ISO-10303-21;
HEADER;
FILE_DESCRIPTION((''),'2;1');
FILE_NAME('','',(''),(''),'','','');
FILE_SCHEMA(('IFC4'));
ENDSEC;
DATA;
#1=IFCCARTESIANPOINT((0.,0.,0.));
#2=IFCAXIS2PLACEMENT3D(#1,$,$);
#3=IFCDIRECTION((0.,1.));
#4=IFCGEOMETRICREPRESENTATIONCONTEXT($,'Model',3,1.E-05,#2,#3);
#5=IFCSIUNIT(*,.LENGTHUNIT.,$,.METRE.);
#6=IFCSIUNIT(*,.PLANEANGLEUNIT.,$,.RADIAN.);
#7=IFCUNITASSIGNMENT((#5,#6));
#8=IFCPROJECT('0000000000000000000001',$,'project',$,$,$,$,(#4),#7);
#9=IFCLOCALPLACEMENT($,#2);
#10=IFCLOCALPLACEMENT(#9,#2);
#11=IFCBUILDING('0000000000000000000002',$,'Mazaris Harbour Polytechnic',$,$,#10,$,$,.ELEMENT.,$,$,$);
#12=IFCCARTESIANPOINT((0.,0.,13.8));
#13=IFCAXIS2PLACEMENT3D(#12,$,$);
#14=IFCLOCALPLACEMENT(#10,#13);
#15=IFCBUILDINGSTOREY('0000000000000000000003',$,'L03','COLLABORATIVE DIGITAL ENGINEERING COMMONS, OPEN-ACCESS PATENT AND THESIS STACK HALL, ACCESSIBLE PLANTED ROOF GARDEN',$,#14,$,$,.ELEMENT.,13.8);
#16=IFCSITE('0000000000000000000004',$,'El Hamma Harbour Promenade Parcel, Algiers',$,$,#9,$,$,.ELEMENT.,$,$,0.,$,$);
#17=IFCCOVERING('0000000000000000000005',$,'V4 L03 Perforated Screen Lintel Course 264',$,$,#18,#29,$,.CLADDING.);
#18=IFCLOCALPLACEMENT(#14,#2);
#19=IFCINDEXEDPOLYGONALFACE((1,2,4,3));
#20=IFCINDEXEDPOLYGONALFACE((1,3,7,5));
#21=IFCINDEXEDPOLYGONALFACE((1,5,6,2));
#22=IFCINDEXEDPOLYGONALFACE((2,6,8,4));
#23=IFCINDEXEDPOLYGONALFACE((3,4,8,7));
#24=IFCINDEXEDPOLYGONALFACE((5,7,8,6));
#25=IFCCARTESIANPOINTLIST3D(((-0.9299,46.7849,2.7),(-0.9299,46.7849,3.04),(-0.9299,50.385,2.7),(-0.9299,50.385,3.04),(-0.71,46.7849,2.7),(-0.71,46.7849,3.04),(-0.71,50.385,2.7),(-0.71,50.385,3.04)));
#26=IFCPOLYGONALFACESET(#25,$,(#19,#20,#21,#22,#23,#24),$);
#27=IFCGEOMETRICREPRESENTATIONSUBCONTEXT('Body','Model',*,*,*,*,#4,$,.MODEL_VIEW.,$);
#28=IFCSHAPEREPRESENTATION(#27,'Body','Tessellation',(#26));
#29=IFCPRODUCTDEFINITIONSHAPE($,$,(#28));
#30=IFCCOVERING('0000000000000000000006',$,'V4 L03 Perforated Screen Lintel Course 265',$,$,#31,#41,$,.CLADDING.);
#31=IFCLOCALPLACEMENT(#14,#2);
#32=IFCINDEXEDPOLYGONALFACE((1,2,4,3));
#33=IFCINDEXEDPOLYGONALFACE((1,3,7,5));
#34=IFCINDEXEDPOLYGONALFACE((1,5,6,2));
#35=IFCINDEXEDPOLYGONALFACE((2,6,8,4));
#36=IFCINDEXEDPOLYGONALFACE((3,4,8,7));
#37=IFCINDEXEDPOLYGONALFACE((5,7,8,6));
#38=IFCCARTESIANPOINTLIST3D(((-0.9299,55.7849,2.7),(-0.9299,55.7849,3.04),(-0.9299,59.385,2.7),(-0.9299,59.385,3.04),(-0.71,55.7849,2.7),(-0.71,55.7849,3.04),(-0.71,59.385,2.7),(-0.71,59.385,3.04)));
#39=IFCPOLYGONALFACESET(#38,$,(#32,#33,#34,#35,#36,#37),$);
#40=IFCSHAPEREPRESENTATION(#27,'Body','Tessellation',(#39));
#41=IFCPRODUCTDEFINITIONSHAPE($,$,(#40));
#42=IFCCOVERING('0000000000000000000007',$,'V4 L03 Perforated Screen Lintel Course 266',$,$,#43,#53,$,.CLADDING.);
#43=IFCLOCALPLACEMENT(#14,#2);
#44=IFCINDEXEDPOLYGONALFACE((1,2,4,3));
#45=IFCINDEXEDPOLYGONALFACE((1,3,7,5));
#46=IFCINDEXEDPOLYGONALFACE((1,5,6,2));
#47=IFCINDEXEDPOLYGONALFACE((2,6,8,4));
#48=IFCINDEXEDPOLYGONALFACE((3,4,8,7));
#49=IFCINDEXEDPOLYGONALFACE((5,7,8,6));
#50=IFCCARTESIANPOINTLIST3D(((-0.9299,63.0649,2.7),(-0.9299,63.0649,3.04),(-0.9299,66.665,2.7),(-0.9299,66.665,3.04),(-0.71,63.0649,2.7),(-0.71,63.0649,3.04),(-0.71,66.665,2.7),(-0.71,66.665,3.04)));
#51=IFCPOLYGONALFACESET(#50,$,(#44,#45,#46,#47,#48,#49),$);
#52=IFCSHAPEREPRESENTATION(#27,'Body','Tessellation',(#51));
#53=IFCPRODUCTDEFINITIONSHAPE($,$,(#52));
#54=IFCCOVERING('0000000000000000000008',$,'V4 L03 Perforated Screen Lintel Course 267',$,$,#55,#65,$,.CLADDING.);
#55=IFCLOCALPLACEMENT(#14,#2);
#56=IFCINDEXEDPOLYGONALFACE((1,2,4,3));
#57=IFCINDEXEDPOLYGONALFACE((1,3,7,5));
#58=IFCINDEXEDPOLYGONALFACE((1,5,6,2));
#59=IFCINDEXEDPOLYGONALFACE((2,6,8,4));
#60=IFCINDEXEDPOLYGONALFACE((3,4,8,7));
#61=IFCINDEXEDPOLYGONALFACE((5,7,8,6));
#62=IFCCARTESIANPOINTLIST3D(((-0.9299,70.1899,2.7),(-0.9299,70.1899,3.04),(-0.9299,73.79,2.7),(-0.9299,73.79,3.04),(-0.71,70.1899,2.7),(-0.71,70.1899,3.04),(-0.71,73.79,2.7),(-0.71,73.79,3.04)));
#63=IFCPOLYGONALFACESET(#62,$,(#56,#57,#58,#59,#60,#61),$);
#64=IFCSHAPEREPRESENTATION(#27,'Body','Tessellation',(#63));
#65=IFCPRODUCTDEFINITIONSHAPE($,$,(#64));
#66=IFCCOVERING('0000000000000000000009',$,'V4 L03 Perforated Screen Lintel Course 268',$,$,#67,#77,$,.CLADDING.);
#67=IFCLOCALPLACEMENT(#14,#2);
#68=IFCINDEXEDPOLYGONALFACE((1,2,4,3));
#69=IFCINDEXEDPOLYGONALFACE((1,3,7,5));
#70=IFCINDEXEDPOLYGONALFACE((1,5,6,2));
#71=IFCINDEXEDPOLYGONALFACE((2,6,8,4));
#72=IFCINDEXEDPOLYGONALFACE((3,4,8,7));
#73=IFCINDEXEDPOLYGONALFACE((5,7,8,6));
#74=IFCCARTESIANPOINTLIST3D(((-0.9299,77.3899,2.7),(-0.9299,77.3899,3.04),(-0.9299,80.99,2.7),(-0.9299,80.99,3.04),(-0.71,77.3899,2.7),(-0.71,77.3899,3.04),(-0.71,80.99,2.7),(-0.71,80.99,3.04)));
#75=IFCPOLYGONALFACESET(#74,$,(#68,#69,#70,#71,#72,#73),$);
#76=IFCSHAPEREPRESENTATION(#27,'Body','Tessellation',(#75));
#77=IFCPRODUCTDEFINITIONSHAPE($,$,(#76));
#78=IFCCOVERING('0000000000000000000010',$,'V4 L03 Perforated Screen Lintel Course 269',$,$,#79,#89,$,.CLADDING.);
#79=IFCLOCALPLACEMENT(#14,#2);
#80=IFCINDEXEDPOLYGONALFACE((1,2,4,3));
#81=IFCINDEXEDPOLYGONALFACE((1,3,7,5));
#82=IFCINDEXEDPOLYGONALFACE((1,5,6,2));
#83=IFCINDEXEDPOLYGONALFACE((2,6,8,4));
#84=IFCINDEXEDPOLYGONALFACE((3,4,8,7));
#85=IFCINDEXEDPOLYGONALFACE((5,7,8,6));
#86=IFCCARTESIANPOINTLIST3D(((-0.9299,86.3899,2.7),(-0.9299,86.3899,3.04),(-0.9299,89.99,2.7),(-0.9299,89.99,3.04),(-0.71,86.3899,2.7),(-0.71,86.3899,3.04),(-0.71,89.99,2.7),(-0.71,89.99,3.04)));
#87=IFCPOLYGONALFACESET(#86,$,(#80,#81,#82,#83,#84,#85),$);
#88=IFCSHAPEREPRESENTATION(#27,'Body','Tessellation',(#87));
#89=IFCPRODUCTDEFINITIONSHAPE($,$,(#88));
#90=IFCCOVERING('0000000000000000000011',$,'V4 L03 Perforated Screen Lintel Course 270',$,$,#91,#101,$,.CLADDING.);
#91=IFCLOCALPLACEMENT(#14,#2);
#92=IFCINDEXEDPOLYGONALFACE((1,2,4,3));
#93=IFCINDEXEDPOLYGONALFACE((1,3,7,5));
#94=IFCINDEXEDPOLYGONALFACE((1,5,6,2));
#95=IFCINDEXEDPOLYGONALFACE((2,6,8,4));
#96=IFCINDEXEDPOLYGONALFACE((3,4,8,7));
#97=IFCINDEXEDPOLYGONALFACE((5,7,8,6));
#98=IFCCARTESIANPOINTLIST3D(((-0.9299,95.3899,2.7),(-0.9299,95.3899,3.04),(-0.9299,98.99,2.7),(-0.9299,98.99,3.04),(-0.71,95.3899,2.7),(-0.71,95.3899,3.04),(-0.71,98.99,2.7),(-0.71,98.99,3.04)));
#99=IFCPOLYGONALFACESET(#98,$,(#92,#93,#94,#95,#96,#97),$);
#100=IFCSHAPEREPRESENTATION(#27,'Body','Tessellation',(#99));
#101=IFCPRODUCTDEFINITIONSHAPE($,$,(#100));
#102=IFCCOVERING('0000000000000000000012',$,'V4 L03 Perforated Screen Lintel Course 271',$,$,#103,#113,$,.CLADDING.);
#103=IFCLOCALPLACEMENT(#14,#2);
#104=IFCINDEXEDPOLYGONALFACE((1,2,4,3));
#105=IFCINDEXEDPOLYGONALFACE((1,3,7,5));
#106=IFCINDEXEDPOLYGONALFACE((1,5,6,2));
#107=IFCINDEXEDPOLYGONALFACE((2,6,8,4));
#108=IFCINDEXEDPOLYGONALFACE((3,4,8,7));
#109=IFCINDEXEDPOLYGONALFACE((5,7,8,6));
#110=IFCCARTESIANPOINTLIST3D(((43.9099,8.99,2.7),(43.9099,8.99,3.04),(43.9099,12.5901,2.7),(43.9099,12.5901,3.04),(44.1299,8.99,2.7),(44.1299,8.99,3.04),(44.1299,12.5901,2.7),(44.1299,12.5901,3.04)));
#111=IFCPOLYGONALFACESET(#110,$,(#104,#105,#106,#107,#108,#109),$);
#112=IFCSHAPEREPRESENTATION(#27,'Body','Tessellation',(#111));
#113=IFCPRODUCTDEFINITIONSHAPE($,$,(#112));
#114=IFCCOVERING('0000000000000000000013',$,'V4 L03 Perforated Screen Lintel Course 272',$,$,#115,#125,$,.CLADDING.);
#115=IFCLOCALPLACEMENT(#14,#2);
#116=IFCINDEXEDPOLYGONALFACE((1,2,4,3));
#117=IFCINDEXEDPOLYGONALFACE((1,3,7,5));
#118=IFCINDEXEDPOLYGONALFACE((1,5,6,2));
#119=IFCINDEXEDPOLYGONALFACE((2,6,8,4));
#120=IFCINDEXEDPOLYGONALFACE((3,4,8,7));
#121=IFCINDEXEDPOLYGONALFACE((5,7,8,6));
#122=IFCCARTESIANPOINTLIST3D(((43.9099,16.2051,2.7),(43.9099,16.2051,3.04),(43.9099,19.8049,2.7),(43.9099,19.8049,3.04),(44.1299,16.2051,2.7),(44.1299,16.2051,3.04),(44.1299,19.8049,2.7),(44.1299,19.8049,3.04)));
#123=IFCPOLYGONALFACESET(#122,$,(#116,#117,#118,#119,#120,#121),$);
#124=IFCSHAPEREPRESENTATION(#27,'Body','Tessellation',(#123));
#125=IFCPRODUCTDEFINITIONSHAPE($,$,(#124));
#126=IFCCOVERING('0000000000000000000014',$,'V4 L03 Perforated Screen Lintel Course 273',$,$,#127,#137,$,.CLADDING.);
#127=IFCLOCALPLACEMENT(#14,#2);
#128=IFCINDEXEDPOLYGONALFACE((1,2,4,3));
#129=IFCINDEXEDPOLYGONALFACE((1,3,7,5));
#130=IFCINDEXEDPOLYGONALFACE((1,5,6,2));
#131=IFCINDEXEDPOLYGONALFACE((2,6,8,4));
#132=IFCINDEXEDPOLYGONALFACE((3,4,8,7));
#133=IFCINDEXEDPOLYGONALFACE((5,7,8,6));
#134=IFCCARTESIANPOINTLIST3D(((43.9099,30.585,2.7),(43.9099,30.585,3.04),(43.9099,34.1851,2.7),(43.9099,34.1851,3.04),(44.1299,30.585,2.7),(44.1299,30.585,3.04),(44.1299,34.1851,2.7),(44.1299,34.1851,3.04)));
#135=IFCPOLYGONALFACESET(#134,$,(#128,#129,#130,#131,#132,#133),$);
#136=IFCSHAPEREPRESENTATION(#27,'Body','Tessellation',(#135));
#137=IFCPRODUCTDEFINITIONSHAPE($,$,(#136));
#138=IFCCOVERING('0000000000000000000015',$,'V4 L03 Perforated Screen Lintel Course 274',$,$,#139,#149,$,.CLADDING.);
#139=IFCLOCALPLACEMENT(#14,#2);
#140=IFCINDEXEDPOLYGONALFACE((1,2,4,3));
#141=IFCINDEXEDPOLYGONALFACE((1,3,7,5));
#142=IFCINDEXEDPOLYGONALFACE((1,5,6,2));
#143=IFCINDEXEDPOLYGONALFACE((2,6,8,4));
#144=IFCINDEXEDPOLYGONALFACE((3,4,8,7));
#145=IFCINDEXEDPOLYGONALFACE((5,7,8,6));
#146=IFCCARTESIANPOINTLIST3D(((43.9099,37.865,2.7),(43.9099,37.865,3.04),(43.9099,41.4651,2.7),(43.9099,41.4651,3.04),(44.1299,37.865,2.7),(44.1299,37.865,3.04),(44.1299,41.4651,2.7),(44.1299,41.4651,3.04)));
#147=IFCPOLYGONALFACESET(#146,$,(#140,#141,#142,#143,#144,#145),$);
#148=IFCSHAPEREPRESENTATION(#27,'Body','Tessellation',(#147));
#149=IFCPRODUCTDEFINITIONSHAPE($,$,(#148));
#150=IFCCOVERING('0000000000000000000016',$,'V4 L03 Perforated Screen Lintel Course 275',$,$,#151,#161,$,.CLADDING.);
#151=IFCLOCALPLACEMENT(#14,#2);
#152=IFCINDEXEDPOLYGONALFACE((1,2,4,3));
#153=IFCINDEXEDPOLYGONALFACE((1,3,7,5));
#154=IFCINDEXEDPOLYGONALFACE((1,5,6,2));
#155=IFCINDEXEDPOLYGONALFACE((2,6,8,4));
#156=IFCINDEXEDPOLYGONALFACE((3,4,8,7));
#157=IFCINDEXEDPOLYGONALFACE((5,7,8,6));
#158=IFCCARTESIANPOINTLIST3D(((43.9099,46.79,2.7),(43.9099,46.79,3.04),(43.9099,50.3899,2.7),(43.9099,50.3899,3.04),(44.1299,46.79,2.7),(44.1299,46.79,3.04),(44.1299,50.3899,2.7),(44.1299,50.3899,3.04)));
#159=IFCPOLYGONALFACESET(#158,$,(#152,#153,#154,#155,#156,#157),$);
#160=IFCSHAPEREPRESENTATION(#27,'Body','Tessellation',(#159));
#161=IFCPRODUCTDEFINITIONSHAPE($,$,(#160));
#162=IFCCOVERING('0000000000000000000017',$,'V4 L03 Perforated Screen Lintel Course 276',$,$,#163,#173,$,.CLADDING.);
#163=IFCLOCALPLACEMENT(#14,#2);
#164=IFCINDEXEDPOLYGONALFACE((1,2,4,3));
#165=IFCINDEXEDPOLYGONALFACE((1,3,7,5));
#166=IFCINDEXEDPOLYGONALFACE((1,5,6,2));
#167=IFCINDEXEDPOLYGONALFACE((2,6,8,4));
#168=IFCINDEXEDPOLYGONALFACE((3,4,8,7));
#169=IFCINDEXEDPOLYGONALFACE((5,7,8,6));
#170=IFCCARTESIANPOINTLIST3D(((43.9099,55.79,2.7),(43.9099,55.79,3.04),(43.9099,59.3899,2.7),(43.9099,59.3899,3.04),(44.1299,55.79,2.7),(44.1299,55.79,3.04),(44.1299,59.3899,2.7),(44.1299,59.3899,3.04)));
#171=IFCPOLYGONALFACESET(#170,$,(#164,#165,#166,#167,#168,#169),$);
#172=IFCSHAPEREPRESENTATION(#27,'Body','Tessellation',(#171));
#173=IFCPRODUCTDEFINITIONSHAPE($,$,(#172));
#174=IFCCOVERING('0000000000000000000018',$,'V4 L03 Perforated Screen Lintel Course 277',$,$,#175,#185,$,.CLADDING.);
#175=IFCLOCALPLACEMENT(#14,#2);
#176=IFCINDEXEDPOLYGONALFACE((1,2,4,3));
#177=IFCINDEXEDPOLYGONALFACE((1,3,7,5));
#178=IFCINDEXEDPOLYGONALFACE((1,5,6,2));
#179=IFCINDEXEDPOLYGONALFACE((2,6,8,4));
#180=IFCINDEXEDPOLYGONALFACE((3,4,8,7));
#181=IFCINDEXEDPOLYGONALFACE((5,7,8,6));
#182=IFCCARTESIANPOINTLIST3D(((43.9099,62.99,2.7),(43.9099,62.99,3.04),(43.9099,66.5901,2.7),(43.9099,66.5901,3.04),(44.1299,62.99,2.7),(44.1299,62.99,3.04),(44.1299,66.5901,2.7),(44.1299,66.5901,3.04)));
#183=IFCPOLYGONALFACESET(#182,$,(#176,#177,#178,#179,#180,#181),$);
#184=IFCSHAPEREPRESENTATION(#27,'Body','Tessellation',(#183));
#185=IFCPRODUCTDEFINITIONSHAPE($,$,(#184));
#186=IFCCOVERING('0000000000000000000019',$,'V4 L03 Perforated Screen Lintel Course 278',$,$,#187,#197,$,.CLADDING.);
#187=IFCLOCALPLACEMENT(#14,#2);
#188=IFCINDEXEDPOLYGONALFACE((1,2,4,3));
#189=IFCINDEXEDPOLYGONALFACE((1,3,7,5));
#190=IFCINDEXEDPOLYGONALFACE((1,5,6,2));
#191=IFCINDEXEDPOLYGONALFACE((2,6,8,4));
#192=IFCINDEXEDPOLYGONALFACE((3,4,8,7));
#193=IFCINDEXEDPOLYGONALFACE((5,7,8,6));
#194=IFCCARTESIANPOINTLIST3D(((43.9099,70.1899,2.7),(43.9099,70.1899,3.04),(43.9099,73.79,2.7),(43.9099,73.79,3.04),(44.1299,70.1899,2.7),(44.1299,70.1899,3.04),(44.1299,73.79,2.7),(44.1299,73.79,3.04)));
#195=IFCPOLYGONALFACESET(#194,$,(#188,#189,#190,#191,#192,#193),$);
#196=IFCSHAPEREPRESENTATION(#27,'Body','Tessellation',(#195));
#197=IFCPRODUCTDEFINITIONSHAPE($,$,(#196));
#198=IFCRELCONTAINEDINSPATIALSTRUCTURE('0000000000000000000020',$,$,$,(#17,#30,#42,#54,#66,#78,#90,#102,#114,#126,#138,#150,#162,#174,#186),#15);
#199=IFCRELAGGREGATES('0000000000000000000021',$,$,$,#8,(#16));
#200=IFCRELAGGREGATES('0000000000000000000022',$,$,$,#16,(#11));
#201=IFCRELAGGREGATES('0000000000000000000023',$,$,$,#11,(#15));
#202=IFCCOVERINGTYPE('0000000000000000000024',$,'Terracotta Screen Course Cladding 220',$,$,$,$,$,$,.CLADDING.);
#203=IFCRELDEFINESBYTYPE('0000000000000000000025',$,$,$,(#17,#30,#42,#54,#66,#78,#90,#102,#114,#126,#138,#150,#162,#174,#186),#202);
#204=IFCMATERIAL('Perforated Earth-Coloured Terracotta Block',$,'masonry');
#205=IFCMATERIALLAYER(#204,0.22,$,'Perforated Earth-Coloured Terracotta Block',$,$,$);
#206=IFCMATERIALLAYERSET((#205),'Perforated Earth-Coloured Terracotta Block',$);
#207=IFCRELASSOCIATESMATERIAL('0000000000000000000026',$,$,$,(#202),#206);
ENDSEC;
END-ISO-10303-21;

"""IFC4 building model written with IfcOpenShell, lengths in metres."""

from ifc_helpers import new_model, si_unit, direction, frame, origin, place, context, subcontext, project, spatial, polyline, outline, extrude, material, layer, layer_set, type_object, element, save


model = new_model("IFC4")

# Units and contexts
model_context = context("Model", 3, precision=1e-05, world=origin(), true_north=direction((0.0, 1.0)))
body_context = subcontext(model_context, "Body", "Model", "MODEL_VIEW")
ifc_project = project(units=[si_unit("LENGTHUNIT", "METRE"), si_unit("PLANEANGLEUNIT", "RADIAN")], contexts=[model_context])

# Site, building, storey
site_placement = place(None, origin())
site = spatial("IfcSite", under=ifc_project, at=site_placement, Name="El Hamma Harbour Promenade Parcel, Algiers", CompositionType="ELEMENT", RefElevation=0.0)
building_placement = place(site_placement, origin())
building = spatial("IfcBuilding", under=site, at=building_placement, Name="Mazaris Harbour Polytechnic", CompositionType="ELEMENT")
storey_placement = place(building_placement, frame((0.0, 0.0, 13.8)))
storey = spatial("IfcBuildingStorey", under=building, at=storey_placement, Name="L03", Description="COLLABORATIVE DIGITAL ENGINEERING COMMONS, OPEN-ACCESS PATENT AND THESIS STACK HALL, ACCESSIBLE PLANTED ROOF GARDEN", CompositionType="ELEMENT", Elevation=13.8)

# Coverings
ifc_material = material(Name="Perforated Earth-Coloured Terracotta Block", Category="masonry")
ifc_layer = layer(ifc_material, 0.22, Name="Perforated Earth-Coloured Terracotta Block")
ifc_layer_set = layer_set([ifc_layer], Name="Perforated Earth-Coloured Terracotta Block")
covering_type = type_object("IfcCoveringType", Name="Terracotta Screen Course Cladding 220", PredefinedType="CLADDING", material=ifc_layer_set)
covering_1_placement = place(storey_placement, frame((0.0, 0.0, 2.7)))
element("IfcCovering", 1, at=covering_1_placement, inside=storey, type_object=covering_type, Name="V4 L03 Perforated Screen Lintel Course 264", PredefinedType="CLADDING", context=body_context, shape_type="SweptSolid", body=[
    extrude(outline(polyline([(-0.71, 46.7849), (-0.71, 50.385), (-0.9299, 50.385), (-0.9299, 46.7849), (-0.71, 46.7849)])), origin(), (0.0, 0.0, 1.0), 0.3401),
])
covering_2_placement = place(storey_placement, frame((0.0, 0.0, 2.7)))
element("IfcCovering", 2, at=covering_2_placement, inside=storey, type_object=covering_type, Name="V4 L03 Perforated Screen Lintel Course 265", PredefinedType="CLADDING", context=body_context, shape_type="SweptSolid", body=[
    extrude(outline(polyline([(-0.71, 55.7849), (-0.71, 59.385), (-0.9299, 59.385), (-0.9299, 55.7849), (-0.71, 55.7849)])), origin(), (0.0, 0.0, 1.0), 0.3401),
])
covering_3_placement = place(storey_placement, frame((0.0, 0.0, 2.7)))
element("IfcCovering", 3, at=covering_3_placement, inside=storey, type_object=covering_type, Name="V4 L03 Perforated Screen Lintel Course 266", PredefinedType="CLADDING", context=body_context, shape_type="SweptSolid", body=[
    extrude(outline(polyline([(-0.71, 63.0649), (-0.71, 66.665), (-0.9299, 66.665), (-0.9299, 63.0649), (-0.71, 63.0649)])), origin(), (0.0, 0.0, 1.0), 0.3401),
])
covering_4_placement = place(storey_placement, frame((0.0, 0.0, 2.7)))
element("IfcCovering", 4, at=covering_4_placement, inside=storey, type_object=covering_type, Name="V4 L03 Perforated Screen Lintel Course 267", PredefinedType="CLADDING", context=body_context, shape_type="SweptSolid", body=[
    extrude(outline(polyline([(-0.71, 70.1899), (-0.71, 73.79), (-0.9299, 73.79), (-0.9299, 70.1899), (-0.71, 70.1899)])), origin(), (0.0, 0.0, 1.0), 0.3401),
])
covering_5_placement = place(storey_placement, frame((0.0, 0.0, 2.7)))
element("IfcCovering", 5, at=covering_5_placement, inside=storey, type_object=covering_type, Name="V4 L03 Perforated Screen Lintel Course 268", PredefinedType="CLADDING", context=body_context, shape_type="SweptSolid", body=[
    extrude(outline(polyline([(-0.71, 77.3899), (-0.71, 80.99), (-0.9299, 80.99), (-0.9299, 77.3899), (-0.71, 77.3899)])), origin(), (0.0, 0.0, 1.0), 0.3401),
])
covering_6_placement = place(storey_placement, frame((0.0, 0.0, 2.7)))
element("IfcCovering", 6, at=covering_6_placement, inside=storey, type_object=covering_type, Name="V4 L03 Perforated Screen Lintel Course 269", PredefinedType="CLADDING", context=body_context, shape_type="SweptSolid", body=[
    extrude(outline(polyline([(-0.71, 86.3899), (-0.71, 89.99), (-0.9299, 89.99), (-0.9299, 86.3899), (-0.71, 86.3899)])), origin(), (0.0, 0.0, 1.0), 0.3401),
])
covering_7_placement = place(storey_placement, frame((0.0, 0.0, 2.7)))
element("IfcCovering", 7, at=covering_7_placement, inside=storey, type_object=covering_type, Name="V4 L03 Perforated Screen Lintel Course 270", PredefinedType="CLADDING", context=body_context, shape_type="SweptSolid", body=[
    extrude(outline(polyline([(-0.71, 95.3899), (-0.71, 98.99), (-0.9299, 98.99), (-0.9299, 95.3899), (-0.71, 95.3899)])), origin(), (0.0, 0.0, 1.0), 0.3401),
])
covering_8_placement = place(storey_placement, frame((0.0, 0.0, 2.7)))
element("IfcCovering", 8, at=covering_8_placement, inside=storey, type_object=covering_type, Name="V4 L03 Perforated Screen Lintel Course 271", PredefinedType="CLADDING", context=body_context, shape_type="SweptSolid", body=[
    extrude(outline(polyline([(43.9099, 12.5901), (43.9099, 8.99), (44.1299, 8.99), (44.1299, 12.5901), (43.9099, 12.5901)])), origin(), (0.0, 0.0, 1.0), 0.3401),
])
covering_9_placement = place(storey_placement, frame((0.0, 0.0, 2.7)))
element("IfcCovering", 9, at=covering_9_placement, inside=storey, type_object=covering_type, Name="V4 L03 Perforated Screen Lintel Course 272", PredefinedType="CLADDING", context=body_context, shape_type="SweptSolid", body=[
    extrude(outline(polyline([(43.9099, 19.8049), (43.9099, 16.2051), (44.1299, 16.2051), (44.1299, 19.8049), (43.9099, 19.8049)])), origin(), (0.0, 0.0, 1.0), 0.3401),
])
covering_10_placement = place(storey_placement, frame((0.0, 0.0, 2.7)))
element("IfcCovering", 10, at=covering_10_placement, inside=storey, type_object=covering_type, Name="V4 L03 Perforated Screen Lintel Course 273", PredefinedType="CLADDING", context=body_context, shape_type="SweptSolid", body=[
    extrude(outline(polyline([(43.9099, 34.1851), (43.9099, 30.585), (44.1299, 30.585), (44.1299, 34.1851), (43.9099, 34.1851)])), origin(), (0.0, 0.0, 1.0), 0.3401),
])
covering_11_placement = place(storey_placement, frame((0.0, 0.0, 2.7)))
element("IfcCovering", 11, at=covering_11_placement, inside=storey, type_object=covering_type, Name="V4 L03 Perforated Screen Lintel Course 274", PredefinedType="CLADDING", context=body_context, shape_type="SweptSolid", body=[
    extrude(outline(polyline([(43.9099, 41.4651), (43.9099, 37.865), (44.1299, 37.865), (44.1299, 41.4651), (43.9099, 41.4651)])), origin(), (0.0, 0.0, 1.0), 0.3401),
])
covering_12_placement = place(storey_placement, frame((0.0, 0.0, 2.7)))
element("IfcCovering", 12, at=covering_12_placement, inside=storey, type_object=covering_type, Name="V4 L03 Perforated Screen Lintel Course 275", PredefinedType="CLADDING", context=body_context, shape_type="SweptSolid", body=[
    extrude(outline(polyline([(43.9099, 50.3899), (43.9099, 46.79), (44.1299, 46.79), (44.1299, 50.3899), (43.9099, 50.3899)])), origin(), (0.0, 0.0, 1.0), 0.3401),
])
covering_13_placement = place(storey_placement, frame((0.0, 0.0, 2.7)))
element("IfcCovering", 13, at=covering_13_placement, inside=storey, type_object=covering_type, Name="V4 L03 Perforated Screen Lintel Course 276", PredefinedType="CLADDING", context=body_context, shape_type="SweptSolid", body=[
    extrude(outline(polyline([(43.9099, 59.3899), (43.9099, 55.79), (44.1299, 55.79), (44.1299, 59.3899), (43.9099, 59.3899)])), origin(), (0.0, 0.0, 1.0), 0.3401),
])
covering_14_placement = place(storey_placement, frame((0.0, 0.0, 2.7)))
element("IfcCovering", 14, at=covering_14_placement, inside=storey, type_object=covering_type, Name="V4 L03 Perforated Screen Lintel Course 277", PredefinedType="CLADDING", context=body_context, shape_type="SweptSolid", body=[
    extrude(outline(polyline([(43.9099, 66.5901), (43.9099, 62.99), (44.1299, 62.99), (44.1299, 66.5901), (43.9099, 66.5901)])), origin(), (0.0, 0.0, 1.0), 0.3401),
])
covering_15_placement = place(storey_placement, frame((0.0, 0.0, 2.7)))
element("IfcCovering", 15, at=covering_15_placement, inside=storey, type_object=covering_type, Name="V4 L03 Perforated Screen Lintel Course 278", PredefinedType="CLADDING", context=body_context, shape_type="SweptSolid", body=[
    extrude(outline(polyline([(43.9099, 73.79), (43.9099, 70.1899), (44.1299, 70.1899), (44.1299, 73.79), (43.9099, 73.79)])), origin(), (0.0, 0.0, 1.0), 0.3401),
])

save(model, "model.ifc")
